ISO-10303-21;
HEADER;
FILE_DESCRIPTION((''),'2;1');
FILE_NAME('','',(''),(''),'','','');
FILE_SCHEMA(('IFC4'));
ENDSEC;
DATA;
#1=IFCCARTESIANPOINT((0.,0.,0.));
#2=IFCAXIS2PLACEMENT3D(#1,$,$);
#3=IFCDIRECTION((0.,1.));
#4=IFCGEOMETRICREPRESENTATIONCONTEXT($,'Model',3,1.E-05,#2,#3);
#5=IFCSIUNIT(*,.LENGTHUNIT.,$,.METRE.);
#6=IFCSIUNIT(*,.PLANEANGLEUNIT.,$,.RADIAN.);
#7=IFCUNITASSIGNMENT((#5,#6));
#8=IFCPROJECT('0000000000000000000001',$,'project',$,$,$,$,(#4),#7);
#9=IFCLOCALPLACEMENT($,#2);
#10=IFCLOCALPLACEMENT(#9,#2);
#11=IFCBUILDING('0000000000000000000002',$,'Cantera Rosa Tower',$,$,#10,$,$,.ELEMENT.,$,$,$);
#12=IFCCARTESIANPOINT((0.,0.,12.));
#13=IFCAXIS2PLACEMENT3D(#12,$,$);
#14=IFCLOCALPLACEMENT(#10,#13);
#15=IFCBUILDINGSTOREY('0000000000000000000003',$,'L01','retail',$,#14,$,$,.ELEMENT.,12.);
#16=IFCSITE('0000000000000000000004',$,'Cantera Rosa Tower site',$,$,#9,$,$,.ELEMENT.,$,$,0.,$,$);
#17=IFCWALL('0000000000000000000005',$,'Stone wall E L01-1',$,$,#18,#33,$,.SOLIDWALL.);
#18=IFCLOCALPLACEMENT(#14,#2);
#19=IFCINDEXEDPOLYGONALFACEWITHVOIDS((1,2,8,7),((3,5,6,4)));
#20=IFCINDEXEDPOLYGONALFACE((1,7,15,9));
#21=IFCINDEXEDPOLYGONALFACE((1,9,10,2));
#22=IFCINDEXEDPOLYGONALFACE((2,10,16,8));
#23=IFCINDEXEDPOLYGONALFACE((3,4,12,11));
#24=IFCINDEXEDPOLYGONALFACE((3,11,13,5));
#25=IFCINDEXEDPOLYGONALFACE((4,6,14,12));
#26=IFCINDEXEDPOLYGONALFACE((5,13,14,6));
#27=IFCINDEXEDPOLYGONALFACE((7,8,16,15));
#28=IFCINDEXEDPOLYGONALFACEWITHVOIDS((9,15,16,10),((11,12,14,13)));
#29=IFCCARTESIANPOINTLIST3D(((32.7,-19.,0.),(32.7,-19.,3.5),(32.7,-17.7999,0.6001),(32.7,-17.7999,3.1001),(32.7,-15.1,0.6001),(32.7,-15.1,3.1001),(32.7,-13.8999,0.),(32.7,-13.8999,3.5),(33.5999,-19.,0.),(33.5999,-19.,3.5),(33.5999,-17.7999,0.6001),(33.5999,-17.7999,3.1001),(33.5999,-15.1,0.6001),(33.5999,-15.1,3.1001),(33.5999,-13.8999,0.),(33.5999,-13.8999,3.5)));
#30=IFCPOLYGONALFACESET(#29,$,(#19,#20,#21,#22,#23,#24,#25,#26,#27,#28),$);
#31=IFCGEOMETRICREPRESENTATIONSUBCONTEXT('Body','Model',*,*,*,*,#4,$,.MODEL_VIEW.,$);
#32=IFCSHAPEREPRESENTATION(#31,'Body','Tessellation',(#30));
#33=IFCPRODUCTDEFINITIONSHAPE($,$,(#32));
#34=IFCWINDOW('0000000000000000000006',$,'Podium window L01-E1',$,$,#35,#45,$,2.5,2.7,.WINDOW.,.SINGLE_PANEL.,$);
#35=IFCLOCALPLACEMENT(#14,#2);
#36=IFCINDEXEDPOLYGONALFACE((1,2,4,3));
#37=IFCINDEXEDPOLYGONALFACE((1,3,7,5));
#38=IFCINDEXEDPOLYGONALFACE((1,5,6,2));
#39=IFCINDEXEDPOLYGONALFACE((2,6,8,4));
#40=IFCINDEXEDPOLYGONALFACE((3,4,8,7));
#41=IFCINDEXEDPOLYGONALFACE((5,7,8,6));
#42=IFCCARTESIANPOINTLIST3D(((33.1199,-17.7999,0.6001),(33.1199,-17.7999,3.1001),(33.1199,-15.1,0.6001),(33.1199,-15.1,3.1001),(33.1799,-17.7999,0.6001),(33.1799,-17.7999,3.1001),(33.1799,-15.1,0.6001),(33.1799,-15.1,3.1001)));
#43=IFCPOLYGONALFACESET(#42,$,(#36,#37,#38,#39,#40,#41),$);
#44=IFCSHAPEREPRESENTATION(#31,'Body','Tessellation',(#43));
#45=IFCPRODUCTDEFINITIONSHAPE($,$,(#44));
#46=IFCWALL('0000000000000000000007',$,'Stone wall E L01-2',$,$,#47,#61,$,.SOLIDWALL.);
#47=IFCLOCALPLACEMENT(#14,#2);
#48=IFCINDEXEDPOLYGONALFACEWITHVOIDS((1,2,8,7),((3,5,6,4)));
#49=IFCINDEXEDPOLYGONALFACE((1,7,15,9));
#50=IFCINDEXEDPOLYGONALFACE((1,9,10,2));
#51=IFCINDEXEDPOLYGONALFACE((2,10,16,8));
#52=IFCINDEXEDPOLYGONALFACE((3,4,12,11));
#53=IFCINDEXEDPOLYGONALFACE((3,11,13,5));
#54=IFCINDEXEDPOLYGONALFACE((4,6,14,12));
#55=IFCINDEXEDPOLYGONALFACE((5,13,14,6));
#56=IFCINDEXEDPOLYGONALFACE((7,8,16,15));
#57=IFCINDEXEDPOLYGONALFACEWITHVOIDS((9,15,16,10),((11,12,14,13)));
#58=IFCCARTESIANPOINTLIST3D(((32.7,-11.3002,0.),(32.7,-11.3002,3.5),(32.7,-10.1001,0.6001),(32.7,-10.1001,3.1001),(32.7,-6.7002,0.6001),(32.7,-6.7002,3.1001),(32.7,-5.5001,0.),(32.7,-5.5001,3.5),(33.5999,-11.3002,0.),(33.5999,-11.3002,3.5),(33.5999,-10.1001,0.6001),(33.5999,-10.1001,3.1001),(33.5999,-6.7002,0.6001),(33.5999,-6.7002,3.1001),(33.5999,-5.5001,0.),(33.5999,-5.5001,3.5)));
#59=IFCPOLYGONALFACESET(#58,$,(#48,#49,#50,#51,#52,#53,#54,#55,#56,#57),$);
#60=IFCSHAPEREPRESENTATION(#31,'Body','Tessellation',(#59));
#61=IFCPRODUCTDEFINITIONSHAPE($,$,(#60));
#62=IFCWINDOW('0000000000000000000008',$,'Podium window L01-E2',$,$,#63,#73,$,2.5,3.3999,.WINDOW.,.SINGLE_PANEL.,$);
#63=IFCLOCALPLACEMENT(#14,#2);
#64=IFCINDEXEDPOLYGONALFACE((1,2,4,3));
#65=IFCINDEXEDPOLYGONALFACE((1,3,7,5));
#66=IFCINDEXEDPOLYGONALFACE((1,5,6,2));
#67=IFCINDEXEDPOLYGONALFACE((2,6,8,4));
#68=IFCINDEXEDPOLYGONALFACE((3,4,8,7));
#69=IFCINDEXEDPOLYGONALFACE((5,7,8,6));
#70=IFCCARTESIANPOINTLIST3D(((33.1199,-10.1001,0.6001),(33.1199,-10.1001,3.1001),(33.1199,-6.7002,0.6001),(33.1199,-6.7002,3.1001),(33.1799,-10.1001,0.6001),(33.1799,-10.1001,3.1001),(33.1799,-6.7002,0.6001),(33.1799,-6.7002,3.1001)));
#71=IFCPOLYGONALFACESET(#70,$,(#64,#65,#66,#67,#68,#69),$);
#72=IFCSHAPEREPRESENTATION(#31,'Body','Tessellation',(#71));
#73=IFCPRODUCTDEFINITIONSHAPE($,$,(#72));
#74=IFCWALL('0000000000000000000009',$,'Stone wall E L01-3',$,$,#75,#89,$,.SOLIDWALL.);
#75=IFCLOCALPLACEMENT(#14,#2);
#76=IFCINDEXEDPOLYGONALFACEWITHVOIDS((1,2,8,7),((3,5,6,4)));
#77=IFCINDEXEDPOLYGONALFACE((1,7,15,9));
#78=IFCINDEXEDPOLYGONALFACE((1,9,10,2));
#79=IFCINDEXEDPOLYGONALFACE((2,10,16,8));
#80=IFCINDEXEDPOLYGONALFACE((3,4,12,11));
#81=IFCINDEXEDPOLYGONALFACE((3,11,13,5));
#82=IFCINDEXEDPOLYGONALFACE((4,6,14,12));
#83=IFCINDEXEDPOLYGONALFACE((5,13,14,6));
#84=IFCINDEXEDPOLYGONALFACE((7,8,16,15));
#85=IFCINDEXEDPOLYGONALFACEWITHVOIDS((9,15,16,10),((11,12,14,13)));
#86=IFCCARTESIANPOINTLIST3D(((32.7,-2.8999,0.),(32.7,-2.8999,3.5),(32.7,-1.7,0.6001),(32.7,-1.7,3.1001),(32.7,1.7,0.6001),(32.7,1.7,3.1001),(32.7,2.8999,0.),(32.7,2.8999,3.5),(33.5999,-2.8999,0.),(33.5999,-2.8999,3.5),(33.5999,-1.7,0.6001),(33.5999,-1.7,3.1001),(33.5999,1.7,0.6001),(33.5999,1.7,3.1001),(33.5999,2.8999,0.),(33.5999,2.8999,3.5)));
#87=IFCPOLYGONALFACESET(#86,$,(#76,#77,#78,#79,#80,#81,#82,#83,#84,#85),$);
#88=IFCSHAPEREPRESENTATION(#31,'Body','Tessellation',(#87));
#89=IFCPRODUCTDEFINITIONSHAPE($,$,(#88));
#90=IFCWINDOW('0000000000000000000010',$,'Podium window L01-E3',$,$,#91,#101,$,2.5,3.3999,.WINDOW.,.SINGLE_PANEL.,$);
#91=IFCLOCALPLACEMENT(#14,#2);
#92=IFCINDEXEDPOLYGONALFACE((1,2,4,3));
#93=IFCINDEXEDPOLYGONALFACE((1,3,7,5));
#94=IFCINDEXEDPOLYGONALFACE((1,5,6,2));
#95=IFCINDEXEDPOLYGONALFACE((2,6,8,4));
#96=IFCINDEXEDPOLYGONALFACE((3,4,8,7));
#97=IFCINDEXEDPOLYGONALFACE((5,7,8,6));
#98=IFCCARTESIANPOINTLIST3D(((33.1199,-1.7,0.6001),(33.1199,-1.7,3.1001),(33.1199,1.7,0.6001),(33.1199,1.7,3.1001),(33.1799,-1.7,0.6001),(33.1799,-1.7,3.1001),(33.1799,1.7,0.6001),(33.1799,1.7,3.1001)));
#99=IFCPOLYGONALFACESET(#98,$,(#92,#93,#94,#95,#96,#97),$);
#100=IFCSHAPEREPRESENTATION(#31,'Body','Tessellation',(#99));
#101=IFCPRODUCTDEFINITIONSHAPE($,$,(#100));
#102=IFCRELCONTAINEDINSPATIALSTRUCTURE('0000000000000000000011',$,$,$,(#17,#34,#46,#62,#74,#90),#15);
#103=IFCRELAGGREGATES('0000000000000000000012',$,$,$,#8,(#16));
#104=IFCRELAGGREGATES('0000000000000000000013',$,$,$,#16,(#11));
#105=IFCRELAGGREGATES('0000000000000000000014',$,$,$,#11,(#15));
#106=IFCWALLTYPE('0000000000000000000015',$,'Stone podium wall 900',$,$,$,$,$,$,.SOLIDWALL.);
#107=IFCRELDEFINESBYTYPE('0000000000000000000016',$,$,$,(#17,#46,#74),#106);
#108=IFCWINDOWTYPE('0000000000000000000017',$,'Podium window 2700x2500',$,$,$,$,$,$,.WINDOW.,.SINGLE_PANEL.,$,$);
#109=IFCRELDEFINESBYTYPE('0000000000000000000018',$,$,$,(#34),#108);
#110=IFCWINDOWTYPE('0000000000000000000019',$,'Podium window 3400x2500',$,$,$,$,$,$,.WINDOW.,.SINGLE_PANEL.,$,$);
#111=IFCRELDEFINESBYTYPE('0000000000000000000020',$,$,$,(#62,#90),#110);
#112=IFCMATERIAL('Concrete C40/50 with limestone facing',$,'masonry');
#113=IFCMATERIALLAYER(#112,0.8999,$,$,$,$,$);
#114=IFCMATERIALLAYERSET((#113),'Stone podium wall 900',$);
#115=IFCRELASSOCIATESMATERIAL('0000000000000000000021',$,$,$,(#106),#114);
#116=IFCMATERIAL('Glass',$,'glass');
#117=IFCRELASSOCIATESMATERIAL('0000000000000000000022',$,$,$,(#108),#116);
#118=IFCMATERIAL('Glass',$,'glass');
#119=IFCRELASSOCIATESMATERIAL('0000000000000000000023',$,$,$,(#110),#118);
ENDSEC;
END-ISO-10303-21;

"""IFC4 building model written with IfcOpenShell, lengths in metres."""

from ifc_helpers import new_model, si_unit, direction, frame, frame_2d, origin, place, context, subcontext, project, spatial, rectangle, extrude, material, layer, layer_set, type_object, element, fill, save


model = new_model("IFC4")

# Units and contexts
model_context = context("Model", 3, precision=1e-05, world=origin(), true_north=direction((0.0, 1.0)))
body_context = subcontext(model_context, "Body", "Model", "MODEL_VIEW")
ifc_project = project(units=[si_unit("LENGTHUNIT", "METRE"), si_unit("PLANEANGLEUNIT", "RADIAN")], contexts=[model_context])

# Site, building, storey
site_placement = place(None, origin())
site = spatial("IfcSite", under=ifc_project, at=site_placement, Name="Cantera Rosa Tower site", CompositionType="ELEMENT", RefElevation=0.0)
building_placement = place(site_placement, origin())
building = spatial("IfcBuilding", under=site, at=building_placement, Name="Cantera Rosa Tower", CompositionType="ELEMENT")
storey_placement = place(building_placement, frame((0.0, 0.0, 12.0)))
storey = spatial("IfcBuildingStorey", under=building, at=storey_placement, Name="L01", Description="retail", CompositionType="ELEMENT", Elevation=12.0)

# Walls, openings, windows
ifc_material_1 = material(Name="Concrete C40/50 with limestone facing", Category="masonry")
ifc_layer_1 = layer(ifc_material_1, 0.8999)
ifc_layer_set_1 = layer_set([ifc_layer_1], Name="Stone podium wall 900")
wall_type_1 = type_object("IfcWallType", Name="Stone podium wall 900", PredefinedType="SOLIDWALL", material=ifc_layer_set_1)
wall_1_placement = place(storey_placement, frame((33.1499, -19.0, 0.0), z_axis=(0.0, 0.0, 1.0), x_axis=(0.0, 1.0, 0.0)))
wall_1 = element("IfcWall", 1, at=wall_1_placement, inside=storey, type_object=wall_type_1, Name="Stone wall E L01-1", PredefinedType="SOLIDWALL", context=body_context, shape_type="SweptSolid", body=[
    extrude(rectangle(XDim=5.1001, YDim=0.8999, at=frame_2d((2.55, 0.0))), origin(), (0.0, 0.0, 1.0), 3.5),
])
opening_1_placement = place(wall_1_placement, frame((1.2, 0.0, 0.6001)))
opening_1 = element("IfcOpeningElement", 2, at=opening_1_placement, cuts=wall_1, PredefinedType="OPENING", context=body_context, shape_type="SweptSolid", body=[
    extrude(rectangle(XDim=2.7, YDim=2.5, at=frame_2d((1.3501, 1.25))), frame((0.0, 0.46, 0.0), z_axis=(0.0, -1.0, 0.0), x_axis=(1.0, 0.0, 0.0)), (0.0, 0.0, 1.0), 0.9199),
])
ifc_material_2 = material(Name="Glass", Category="glass")
window_type_1 = type_object("IfcWindowType", Name="Podium window 2700x2500", PartitioningType="SINGLE_PANEL", PredefinedType="WINDOW", material=ifc_material_2)
window_1_placement = place(opening_1_placement, origin())
window_1 = element("IfcWindow", 3, at=window_1_placement, inside=storey, type_object=window_type_1, Name="Podium window L01-E1", OverallHeight=2.5, OverallWidth=2.7, PartitioningType="SINGLE_PANEL", PredefinedType="WINDOW", context=body_context, shape_type="SweptSolid", body=[
    extrude(rectangle(XDim=2.7, YDim=2.5, at=frame_2d((1.3501, 1.25))), frame((0.0, 0.03, 0.0), z_axis=(0.0, -1.0, 0.0), x_axis=(1.0, 0.0, 0.0)), (0.0, 0.0, 1.0), 0.0601),
])
fill(opening_1, window_1)
wall_2_placement = place(storey_placement, frame((33.1499, -11.3, 0.0), z_axis=(0.0, 0.0, 1.0), x_axis=(0.0, 1.0, 0.0)))
wall_2 = element("IfcWall", 4, at=wall_2_placement, inside=storey, type_object=wall_type_1, Name="Stone wall E L01-2", PredefinedType="SOLIDWALL", context=body_context, shape_type="SweptSolid", body=[
    extrude(rectangle(XDim=5.8, YDim=0.8999, at=frame_2d((2.8999, 0.0))), origin(), (0.0, 0.0, 1.0), 3.5),
])
opening_2_placement = place(wall_2_placement, frame((1.2, 0.0, 0.6001)))
opening_2 = element("IfcOpeningElement", 5, at=opening_2_placement, cuts=wall_2, PredefinedType="OPENING", context=body_context, shape_type="SweptSolid", body=[
    extrude(rectangle(XDim=3.3999, YDim=2.5, at=frame_2d((1.7, 1.25))), frame((0.0, 0.46, 0.0), z_axis=(0.0, -1.0, 0.0), x_axis=(1.0, 0.0, 0.0)), (0.0, 0.0, 1.0), 0.9199),
])
ifc_material_3 = material(Name="Glass", Category="glass")
window_type_2 = type_object("IfcWindowType", Name="Podium window 3400x2500", PartitioningType="SINGLE_PANEL", PredefinedType="WINDOW", material=ifc_material_3)
window_2_placement = place(opening_2_placement, origin())
window_2 = element("IfcWindow", 6, at=window_2_placement, inside=storey, type_object=window_type_2, Name="Podium window L01-E2", OverallHeight=2.5, OverallWidth=3.3999, PartitioningType="SINGLE_PANEL", PredefinedType="WINDOW", context=body_context, shape_type="SweptSolid", body=[
    extrude(rectangle(XDim=3.3999, YDim=2.5, at=frame_2d((1.7, 1.25))), frame((0.0, 0.03, 0.0), z_axis=(0.0, -1.0, 0.0), x_axis=(1.0, 0.0, 0.0)), (0.0, 0.0, 1.0), 0.0601),
])
fill(opening_2, window_2)
wall_3_placement = place(storey_placement, frame((33.1499, -2.8999, 0.0), z_axis=(0.0, 0.0, 1.0), x_axis=(0.0, 1.0, 0.0)))
wall_3 = element("IfcWall", 7, at=wall_3_placement, inside=storey, type_object=wall_type_1, Name="Stone wall E L01-3", PredefinedType="SOLIDWALL", context=body_context, shape_type="SweptSolid", body=[
    extrude(rectangle(XDim=5.7998, YDim=0.8999, at=frame_2d((2.8999, 0.0))), origin(), (0.0, 0.0, 1.0), 3.5),
])
opening_3_placement = place(wall_3_placement, frame((1.2, 0.0, 0.6001)))
opening_3 = element("IfcOpeningElement", 8, at=opening_3_placement, cuts=wall_3, PredefinedType="OPENING", context=body_context, shape_type="SweptSolid", body=[
    extrude(rectangle(XDim=3.3999, YDim=2.5, at=frame_2d((1.7, 1.25))), frame((0.0, 0.46, 0.0), z_axis=(0.0, -1.0, 0.0), x_axis=(1.0, 0.0, 0.0)), (0.0, 0.0, 1.0), 0.9199),
])
window_3_placement = place(opening_3_placement, origin())
window_3 = element("IfcWindow", 9, at=window_3_placement, inside=storey, type_object=window_type_2, Name="Podium window L01-E3", OverallHeight=2.5, OverallWidth=3.3999, PartitioningType="SINGLE_PANEL", PredefinedType="WINDOW", context=body_context, shape_type="SweptSolid", body=[
    extrude(rectangle(XDim=3.3999, YDim=2.5, at=frame_2d((1.7, 1.25))), frame((0.0, 0.03, 0.0), z_axis=(0.0, -1.0, 0.0), x_axis=(1.0, 0.0, 0.0)), (0.0, 0.0, 1.0), 0.0601),
])
fill(opening_3, window_3)

save(model, "model.ifc")
